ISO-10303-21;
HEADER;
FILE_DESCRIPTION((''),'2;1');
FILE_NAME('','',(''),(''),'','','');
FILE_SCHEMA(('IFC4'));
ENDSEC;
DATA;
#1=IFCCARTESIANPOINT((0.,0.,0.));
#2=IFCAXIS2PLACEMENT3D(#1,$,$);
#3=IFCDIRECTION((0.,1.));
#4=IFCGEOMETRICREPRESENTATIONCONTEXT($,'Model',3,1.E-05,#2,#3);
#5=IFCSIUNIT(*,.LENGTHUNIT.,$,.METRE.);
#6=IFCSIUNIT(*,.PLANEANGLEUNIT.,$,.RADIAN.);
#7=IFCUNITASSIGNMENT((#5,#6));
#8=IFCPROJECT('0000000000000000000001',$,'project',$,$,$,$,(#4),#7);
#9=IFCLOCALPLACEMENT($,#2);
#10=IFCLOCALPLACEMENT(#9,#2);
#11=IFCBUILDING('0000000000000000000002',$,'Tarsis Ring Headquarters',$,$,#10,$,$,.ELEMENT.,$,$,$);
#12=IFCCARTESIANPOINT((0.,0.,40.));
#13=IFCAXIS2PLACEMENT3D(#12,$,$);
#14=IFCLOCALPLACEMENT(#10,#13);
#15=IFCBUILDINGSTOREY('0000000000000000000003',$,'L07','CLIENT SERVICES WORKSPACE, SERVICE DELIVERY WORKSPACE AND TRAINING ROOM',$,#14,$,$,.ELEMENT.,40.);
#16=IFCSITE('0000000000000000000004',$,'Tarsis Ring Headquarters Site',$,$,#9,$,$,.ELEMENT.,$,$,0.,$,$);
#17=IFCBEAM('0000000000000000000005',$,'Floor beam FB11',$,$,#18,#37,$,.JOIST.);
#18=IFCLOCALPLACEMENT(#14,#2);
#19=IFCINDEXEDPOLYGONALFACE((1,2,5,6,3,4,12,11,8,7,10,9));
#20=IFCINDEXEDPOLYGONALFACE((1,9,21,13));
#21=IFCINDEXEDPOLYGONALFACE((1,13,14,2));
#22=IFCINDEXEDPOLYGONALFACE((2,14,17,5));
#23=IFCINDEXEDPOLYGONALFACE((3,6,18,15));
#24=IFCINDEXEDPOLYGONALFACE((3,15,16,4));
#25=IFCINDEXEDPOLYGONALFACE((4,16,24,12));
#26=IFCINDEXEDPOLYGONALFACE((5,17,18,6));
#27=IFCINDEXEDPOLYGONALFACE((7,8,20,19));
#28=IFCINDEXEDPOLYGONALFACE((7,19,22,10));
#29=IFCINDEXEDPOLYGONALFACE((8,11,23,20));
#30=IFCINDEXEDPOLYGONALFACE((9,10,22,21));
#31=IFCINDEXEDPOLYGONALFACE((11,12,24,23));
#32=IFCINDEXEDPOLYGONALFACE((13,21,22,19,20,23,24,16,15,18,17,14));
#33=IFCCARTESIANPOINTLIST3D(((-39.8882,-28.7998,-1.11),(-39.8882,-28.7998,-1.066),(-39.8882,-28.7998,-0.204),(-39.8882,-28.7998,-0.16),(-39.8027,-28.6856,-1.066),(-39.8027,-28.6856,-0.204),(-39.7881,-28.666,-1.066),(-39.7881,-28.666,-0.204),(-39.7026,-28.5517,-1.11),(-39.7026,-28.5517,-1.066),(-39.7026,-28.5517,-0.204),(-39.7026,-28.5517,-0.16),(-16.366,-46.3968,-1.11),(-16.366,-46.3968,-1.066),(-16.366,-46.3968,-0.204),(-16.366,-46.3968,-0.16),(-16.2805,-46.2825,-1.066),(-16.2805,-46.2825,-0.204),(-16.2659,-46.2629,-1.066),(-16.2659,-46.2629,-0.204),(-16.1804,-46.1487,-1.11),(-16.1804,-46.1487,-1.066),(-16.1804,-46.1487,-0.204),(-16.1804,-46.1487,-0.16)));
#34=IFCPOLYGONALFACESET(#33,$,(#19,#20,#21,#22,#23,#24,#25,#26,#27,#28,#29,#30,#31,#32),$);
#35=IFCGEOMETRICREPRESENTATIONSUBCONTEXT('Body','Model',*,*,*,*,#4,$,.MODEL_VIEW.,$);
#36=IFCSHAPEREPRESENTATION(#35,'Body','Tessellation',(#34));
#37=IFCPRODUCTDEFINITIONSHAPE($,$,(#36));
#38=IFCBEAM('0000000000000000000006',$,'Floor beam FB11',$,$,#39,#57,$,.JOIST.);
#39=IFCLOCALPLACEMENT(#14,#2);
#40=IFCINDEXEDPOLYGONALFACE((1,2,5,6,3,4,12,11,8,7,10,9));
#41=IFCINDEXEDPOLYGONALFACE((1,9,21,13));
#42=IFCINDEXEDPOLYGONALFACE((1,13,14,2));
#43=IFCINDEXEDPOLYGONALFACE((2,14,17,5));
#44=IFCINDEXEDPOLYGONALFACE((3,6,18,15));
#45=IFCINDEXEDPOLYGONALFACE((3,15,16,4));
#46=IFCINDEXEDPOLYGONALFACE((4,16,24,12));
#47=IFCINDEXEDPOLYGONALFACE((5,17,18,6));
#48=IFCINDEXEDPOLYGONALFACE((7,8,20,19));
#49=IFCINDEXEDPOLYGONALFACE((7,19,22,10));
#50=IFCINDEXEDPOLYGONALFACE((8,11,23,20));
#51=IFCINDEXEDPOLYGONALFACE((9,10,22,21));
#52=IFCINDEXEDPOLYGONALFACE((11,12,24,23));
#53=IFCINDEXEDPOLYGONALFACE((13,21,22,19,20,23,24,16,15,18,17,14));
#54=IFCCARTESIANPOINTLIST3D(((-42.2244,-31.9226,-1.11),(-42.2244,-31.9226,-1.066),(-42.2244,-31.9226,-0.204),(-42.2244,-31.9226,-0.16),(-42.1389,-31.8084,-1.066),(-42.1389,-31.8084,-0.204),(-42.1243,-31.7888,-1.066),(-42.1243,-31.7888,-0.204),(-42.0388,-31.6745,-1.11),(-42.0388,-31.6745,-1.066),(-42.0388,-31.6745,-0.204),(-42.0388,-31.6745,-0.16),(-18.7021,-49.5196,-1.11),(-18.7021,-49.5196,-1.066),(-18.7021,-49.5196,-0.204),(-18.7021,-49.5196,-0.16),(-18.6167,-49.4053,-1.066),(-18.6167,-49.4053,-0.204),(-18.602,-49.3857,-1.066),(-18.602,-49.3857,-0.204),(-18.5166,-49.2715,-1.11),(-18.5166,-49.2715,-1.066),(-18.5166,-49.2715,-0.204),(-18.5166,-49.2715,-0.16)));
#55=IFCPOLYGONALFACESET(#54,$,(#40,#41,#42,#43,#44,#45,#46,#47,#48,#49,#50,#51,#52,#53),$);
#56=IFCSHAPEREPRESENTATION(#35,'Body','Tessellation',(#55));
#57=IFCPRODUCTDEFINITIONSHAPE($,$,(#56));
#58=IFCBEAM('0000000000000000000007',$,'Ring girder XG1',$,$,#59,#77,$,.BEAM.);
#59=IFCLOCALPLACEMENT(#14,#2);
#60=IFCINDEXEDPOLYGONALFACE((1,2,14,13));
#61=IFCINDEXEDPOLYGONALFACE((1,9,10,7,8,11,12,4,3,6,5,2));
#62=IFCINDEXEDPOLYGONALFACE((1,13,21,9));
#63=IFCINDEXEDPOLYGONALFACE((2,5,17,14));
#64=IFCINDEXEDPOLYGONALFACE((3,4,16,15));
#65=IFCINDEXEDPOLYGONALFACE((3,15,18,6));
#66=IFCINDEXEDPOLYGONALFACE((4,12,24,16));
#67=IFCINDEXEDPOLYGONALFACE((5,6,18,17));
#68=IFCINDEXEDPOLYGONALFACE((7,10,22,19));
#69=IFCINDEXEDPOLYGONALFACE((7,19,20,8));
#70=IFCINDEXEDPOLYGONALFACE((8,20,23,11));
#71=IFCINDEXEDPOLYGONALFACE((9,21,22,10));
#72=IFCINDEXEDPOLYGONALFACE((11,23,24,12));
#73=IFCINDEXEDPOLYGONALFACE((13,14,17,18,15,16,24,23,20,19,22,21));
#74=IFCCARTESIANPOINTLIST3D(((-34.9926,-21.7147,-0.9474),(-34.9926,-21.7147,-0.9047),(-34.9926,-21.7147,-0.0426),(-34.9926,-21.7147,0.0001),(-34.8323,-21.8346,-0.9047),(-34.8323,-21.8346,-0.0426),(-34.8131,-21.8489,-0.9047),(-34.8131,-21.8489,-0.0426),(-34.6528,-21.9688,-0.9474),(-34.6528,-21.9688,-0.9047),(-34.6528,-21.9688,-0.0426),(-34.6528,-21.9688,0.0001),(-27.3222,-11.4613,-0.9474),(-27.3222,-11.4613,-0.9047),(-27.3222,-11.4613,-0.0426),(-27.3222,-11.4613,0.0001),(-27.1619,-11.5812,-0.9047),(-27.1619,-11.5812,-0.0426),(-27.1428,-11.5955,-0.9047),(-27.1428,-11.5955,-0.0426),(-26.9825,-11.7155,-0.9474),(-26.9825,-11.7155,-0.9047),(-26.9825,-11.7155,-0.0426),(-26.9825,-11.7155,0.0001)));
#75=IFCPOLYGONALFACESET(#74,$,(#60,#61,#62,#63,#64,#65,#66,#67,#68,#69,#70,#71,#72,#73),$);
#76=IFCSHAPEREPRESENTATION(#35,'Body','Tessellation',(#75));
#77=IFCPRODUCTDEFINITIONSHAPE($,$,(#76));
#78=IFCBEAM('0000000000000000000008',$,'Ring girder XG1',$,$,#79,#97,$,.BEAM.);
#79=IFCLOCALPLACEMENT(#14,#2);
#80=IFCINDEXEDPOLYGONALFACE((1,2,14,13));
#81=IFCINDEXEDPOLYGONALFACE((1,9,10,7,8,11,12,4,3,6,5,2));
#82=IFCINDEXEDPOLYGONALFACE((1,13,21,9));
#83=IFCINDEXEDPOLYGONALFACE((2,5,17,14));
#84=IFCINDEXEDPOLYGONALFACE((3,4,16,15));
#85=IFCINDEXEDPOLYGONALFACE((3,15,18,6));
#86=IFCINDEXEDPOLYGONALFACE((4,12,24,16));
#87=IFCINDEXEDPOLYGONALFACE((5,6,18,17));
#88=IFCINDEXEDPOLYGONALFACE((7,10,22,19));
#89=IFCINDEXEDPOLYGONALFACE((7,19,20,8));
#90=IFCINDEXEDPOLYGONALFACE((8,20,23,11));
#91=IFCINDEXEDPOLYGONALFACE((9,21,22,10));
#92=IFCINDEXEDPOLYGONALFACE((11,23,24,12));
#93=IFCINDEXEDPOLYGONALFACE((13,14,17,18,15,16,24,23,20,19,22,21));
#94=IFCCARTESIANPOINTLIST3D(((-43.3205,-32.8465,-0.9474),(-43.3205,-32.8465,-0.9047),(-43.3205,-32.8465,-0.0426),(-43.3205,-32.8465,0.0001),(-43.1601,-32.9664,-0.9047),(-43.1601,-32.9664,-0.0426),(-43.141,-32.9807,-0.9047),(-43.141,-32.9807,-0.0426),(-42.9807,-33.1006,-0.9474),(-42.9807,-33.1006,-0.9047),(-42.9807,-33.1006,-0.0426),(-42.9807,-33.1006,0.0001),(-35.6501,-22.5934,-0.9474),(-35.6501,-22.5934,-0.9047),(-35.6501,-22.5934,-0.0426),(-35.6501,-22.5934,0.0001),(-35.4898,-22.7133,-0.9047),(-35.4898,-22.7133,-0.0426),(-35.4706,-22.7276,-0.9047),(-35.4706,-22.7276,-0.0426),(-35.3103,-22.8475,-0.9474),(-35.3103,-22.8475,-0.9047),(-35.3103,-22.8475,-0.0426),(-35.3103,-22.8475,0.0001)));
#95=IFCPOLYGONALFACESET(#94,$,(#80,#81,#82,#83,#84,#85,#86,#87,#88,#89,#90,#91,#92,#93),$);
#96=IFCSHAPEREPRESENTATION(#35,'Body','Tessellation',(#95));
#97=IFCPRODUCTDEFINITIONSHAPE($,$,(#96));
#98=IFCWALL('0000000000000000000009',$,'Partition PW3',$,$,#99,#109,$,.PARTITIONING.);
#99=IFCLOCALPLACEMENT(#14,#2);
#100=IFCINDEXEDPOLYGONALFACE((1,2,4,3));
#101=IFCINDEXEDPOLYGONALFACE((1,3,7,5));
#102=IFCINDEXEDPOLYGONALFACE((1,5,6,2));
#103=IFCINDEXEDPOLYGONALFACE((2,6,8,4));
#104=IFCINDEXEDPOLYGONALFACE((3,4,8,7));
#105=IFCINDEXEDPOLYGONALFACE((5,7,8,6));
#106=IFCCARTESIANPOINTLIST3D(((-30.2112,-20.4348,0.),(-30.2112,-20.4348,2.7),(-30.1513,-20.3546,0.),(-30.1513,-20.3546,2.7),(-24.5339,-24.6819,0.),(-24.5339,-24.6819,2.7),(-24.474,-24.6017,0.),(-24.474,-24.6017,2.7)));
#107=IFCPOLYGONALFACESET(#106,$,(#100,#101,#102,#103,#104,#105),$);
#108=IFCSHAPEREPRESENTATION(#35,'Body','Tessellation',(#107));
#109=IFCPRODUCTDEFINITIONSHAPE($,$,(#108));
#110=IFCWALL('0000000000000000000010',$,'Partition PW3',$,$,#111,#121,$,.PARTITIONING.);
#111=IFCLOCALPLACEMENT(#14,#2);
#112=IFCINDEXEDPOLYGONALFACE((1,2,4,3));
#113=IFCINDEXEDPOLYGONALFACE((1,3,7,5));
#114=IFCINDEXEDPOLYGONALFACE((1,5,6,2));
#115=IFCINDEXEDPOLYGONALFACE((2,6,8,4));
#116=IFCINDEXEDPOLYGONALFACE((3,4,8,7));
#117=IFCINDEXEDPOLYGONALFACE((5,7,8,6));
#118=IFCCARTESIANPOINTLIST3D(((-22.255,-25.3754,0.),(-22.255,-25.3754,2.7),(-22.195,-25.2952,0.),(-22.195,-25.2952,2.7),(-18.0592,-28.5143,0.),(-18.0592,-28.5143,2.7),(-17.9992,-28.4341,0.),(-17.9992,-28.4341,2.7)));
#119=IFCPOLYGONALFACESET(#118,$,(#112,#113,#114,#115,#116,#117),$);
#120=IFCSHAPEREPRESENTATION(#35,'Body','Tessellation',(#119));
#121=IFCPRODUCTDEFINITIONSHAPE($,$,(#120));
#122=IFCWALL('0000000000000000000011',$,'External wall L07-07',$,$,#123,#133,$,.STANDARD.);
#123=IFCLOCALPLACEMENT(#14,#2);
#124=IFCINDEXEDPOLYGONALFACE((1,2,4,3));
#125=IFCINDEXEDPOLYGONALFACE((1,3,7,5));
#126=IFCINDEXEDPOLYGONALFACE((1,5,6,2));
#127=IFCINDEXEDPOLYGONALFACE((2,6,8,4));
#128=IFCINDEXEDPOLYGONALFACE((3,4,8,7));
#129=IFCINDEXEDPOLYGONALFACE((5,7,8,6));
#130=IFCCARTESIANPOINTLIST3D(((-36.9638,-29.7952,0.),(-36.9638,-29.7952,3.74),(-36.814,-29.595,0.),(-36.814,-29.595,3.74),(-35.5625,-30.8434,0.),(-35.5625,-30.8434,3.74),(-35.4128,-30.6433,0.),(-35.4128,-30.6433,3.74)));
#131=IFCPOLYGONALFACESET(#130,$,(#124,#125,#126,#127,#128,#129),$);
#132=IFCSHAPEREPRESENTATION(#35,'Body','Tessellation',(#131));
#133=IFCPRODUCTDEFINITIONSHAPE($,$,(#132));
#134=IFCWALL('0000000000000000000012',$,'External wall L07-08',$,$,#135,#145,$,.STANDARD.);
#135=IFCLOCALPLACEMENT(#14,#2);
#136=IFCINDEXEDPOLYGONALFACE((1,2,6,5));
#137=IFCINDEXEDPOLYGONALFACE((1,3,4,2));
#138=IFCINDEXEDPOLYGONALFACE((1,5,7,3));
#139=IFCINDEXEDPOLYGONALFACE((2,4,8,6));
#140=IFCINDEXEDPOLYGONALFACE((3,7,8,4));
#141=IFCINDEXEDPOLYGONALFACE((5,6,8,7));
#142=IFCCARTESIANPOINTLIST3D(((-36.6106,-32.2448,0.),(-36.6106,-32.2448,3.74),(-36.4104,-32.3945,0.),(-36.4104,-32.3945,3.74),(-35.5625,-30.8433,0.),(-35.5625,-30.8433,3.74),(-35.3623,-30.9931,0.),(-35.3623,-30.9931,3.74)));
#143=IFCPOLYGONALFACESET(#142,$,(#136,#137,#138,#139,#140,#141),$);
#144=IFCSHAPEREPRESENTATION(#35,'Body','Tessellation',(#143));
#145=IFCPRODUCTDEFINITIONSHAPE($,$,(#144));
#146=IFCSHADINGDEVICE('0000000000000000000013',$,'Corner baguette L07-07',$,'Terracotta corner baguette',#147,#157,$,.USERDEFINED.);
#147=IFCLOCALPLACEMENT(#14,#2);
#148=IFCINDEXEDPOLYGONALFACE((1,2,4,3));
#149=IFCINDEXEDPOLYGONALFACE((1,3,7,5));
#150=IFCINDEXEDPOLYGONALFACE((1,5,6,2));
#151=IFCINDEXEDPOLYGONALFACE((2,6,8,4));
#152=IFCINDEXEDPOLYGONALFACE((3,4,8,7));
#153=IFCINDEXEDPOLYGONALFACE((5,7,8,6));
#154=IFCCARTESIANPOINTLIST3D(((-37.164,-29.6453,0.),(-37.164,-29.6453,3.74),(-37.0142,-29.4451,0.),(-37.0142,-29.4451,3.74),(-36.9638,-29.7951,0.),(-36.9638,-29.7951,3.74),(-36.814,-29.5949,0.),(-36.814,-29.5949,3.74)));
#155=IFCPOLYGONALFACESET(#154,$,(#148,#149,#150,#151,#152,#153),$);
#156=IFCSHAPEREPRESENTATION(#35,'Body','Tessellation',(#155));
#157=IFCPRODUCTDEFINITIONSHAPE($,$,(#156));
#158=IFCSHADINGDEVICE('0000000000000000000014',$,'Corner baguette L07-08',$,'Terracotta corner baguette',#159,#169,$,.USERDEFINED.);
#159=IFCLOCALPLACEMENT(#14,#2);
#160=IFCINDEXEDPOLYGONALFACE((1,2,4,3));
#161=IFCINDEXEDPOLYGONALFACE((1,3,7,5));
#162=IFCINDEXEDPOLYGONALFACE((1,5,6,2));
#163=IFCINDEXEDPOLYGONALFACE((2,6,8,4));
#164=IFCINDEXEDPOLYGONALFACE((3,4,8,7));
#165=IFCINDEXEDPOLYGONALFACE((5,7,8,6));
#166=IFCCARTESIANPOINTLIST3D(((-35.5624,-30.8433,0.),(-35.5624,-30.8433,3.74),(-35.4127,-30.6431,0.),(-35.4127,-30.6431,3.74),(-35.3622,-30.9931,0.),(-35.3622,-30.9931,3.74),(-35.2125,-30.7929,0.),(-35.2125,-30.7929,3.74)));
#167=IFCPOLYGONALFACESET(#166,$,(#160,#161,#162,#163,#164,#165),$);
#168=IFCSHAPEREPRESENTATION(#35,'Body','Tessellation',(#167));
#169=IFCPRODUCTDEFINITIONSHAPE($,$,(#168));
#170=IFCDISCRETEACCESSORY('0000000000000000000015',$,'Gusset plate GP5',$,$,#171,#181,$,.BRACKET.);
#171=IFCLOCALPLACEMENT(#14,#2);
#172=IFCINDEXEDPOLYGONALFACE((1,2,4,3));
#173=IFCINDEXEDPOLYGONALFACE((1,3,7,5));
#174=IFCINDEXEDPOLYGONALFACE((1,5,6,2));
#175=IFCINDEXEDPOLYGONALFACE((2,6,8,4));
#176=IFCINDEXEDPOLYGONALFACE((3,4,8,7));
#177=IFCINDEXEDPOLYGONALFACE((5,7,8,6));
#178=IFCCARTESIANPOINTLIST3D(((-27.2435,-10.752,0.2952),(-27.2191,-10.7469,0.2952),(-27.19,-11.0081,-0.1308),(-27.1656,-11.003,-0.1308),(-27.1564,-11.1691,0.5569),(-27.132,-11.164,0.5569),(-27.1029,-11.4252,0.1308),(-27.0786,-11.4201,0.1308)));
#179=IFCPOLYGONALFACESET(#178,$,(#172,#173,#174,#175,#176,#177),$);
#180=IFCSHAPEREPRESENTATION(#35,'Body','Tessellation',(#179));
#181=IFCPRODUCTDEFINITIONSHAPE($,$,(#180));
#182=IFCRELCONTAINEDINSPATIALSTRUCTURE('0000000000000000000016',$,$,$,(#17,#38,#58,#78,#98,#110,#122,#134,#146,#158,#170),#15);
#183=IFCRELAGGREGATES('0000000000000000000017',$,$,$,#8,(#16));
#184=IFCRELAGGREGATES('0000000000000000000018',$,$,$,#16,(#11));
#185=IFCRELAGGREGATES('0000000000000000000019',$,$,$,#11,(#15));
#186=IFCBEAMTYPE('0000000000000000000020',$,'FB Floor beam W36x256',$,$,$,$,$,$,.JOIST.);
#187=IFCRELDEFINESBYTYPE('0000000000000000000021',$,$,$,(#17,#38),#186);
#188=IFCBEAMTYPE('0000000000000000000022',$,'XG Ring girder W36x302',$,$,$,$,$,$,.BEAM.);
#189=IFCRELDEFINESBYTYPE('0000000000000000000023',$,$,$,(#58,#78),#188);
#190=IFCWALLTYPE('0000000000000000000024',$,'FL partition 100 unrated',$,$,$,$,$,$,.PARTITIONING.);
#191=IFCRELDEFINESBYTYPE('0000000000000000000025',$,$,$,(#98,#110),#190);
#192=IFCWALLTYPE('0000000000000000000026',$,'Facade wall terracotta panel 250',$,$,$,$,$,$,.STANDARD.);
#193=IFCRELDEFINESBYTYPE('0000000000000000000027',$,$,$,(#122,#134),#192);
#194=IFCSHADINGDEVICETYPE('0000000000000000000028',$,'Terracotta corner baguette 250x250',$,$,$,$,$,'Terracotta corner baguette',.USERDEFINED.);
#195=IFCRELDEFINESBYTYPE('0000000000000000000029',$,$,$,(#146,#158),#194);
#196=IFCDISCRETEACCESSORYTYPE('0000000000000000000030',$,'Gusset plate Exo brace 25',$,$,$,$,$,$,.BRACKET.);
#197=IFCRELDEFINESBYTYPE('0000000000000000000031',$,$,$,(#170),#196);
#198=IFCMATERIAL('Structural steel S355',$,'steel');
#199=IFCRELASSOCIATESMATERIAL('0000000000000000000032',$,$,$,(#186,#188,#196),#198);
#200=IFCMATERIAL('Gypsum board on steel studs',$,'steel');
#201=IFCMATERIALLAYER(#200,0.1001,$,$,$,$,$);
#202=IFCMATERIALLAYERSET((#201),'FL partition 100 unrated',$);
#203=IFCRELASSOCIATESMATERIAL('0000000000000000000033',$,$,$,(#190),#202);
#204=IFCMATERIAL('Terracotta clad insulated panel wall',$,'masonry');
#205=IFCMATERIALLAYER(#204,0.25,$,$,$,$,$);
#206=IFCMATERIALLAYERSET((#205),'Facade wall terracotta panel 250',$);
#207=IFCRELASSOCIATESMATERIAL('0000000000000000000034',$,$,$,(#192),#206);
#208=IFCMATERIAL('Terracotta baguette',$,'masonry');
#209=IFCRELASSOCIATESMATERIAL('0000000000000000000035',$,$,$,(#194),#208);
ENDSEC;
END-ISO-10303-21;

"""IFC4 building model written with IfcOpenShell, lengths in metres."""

from ifc_helpers import new_model, si_unit, direction, frame, frame_2d, origin, origin_2d, place, context, subcontext, project, spatial, rectangle, i_section, extrude, material, layer, layer_set, material_profile, profile_set, type_object, element, save


model = new_model("IFC4")

# Units and contexts
model_context = context("Model", 3, precision=1e-05, world=origin(), true_north=direction((0.0, 1.0)))
body_context = subcontext(model_context, "Body", "Model", "MODEL_VIEW")
ifc_project = project(units=[si_unit("LENGTHUNIT", "METRE"), si_unit("PLANEANGLEUNIT", "RADIAN")], contexts=[model_context])

# Site, building, storey
site_placement = place(None, origin())
site = spatial("IfcSite", under=ifc_project, at=site_placement, Name="Tarsis Ring Headquarters Site", CompositionType="ELEMENT", RefElevation=0.0)
building_placement = place(site_placement, origin())
building = spatial("IfcBuilding", under=site, at=building_placement, Name="Tarsis Ring Headquarters", CompositionType="ELEMENT")
storey_placement = place(building_placement, frame((0.0, 0.0, 40.0)))
storey = spatial("IfcBuildingStorey", under=building, at=storey_placement, Name="L07", Description="CLIENT SERVICES WORKSPACE, SERVICE DELIVERY WORKSPACE AND TRAINING ROOM", CompositionType="ELEMENT", Elevation=40.0)

# Beams
ifc_material_1 = material(Name="Structural steel S355", Category="steel")
ifc_material_profile_1 = material_profile(ifc_material_1, i_section(OverallWidth=0.3098, OverallDepth=0.95, WebThickness=0.0244, FlangeThickness=0.0439, at=origin_2d()), Name="W36x256")
ifc_profile_set_1 = profile_set([ifc_material_profile_1], Name="Structural steel S355")
beam_type_1 = type_object("IfcBeamType", Name="FB Floor beam W36x256", PredefinedType="JOIST", material=ifc_profile_set_1)
for number, where, z_axis, x_axis, name in (
    (1, (-39.7954, -28.6758, -0.635), (0.80073, -0.599025, 0.0), (0.599025, 0.80073, 0.0), "Floor beam FB11"),
    (2, (-42.1316, -31.7986, -0.635), (0.80073, -0.599025, 0.0), (0.599025, 0.80073, 0.0), "Floor beam FB11"),
):
    element("IfcBeam", number, at=place(storey_placement, frame(where, z_axis=z_axis, x_axis=x_axis)), inside=storey, type_object=beam_type_1, Name=name, PredefinedType="JOIST", context=body_context, shape_type="SweptSolid", body=[
        extrude(i_section(OverallWidth=0.3098, OverallDepth=0.95, WebThickness=0.0244, FlangeThickness=0.0439, at=origin_2d()), origin(), (0.0, 0.0, 1.0), 29.376),
    ])
ifc_material_profile_2 = material_profile(ifc_material_1, i_section(OverallWidth=0.4243, OverallDepth=0.9475, WebThickness=0.0239, FlangeThickness=0.0427, at=origin_2d()), Name="W36x302")
ifc_profile_set_2 = profile_set([ifc_material_profile_2], Name="Structural steel S355")
beam_type_2 = type_object("IfcBeamType", Name="XG Ring girder W36x302", PredefinedType="BEAM", material=ifc_profile_set_2)
beam_1_placement = place(storey_placement, frame((-27.1523, -11.5884, -0.4736), z_axis=(-0.599017, -0.800736, 0.0), x_axis=(0.800736, -0.599017, 0.0)))
element("IfcBeam", 3, at=beam_1_placement, inside=storey, type_object=beam_type_2, Name="Ring girder XG1", PredefinedType="BEAM", context=body_context, shape_type="SweptSolid", body=[
    extrude(i_section(OverallWidth=0.4243, OverallDepth=0.9475, WebThickness=0.0239, FlangeThickness=0.0427, at=origin_2d()), origin(), (0.0, 0.0, 1.0), 12.8049),
])
beam_2_placement = place(storey_placement, frame((-35.4802, -22.7205, -0.4736), z_axis=(-0.599026, -0.800729, 0.0), x_axis=(0.800729, -0.599026, 0.0)))
element("IfcBeam", 4, at=beam_2_placement, inside=storey, type_object=beam_type_2, Name="Ring girder XG1", PredefinedType="BEAM", context=body_context, shape_type="SweptSolid", body=[
    extrude(i_section(OverallWidth=0.4243, OverallDepth=0.9475, WebThickness=0.0239, FlangeThickness=0.0427, at=origin_2d()), origin(), (0.0, 0.0, 1.0), 12.8047),
])

# Walls
ifc_material_2 = material(Name="Gypsum board on steel studs", Category="steel")
ifc_layer_1 = layer(ifc_material_2, 0.1001)
ifc_layer_set_1 = layer_set([ifc_layer_1], Name="FL partition 100 unrated")
wall_type_1 = type_object("IfcWallType", Name="FL partition 100 unrated", PredefinedType="PARTITIONING", material=ifc_layer_set_1)
wall_1_placement = place(storey_placement, frame((-30.1812, -20.3948, 0.0), z_axis=(0.0, 0.0, 1.0), x_axis=(0.800735, -0.599019, 0.0)))
element("IfcWall", 5, at=wall_1_placement, inside=storey, type_object=wall_type_1, Name="Partition PW3", PredefinedType="PARTITIONING", context=body_context, shape_type="SweptSolid", body=[
    extrude(rectangle(XDim=7.0901, YDim=0.1001, at=frame_2d((3.5449, 0.0))), origin(), (0.0, 0.0, 1.0), 2.7),
])
wall_2_placement = place(storey_placement, frame((-22.2251, -25.3352, 0.0), z_axis=(0.0, 0.0, 1.0), x_axis=(0.800726, -0.59903, 0.0)))
element("IfcWall", 6, at=wall_2_placement, inside=storey, type_object=wall_type_1, Name="Partition PW3", PredefinedType="PARTITIONING", context=body_context, shape_type="SweptSolid", body=[
    extrude(rectangle(XDim=5.24, YDim=0.1001, at=frame_2d((2.6201, 0.0))), origin(), (0.0, 0.0, 1.0), 2.7),
])
ifc_material_3 = material(Name="Terracotta clad insulated panel wall", Category="masonry")
ifc_layer_2 = layer(ifc_material_3, 0.25)
ifc_layer_set_2 = layer_set([ifc_layer_2], Name="Facade wall terracotta panel 250")
wall_type_2 = type_object("IfcWallType", Name="Facade wall terracotta panel 250", PredefinedType="STANDARD", material=ifc_layer_set_2)
for number, where, z_axis, x_axis, name in (
    (7, (-36.8889, -29.6951, 0.0), (0.0, 0.0, 1.0), (0.800736, -0.599017, 0.0), "External wall L07-07"),
    (8, (-35.4624, -30.9182, 0.0), (0.0, 0.0, 1.0), (-0.598928, -0.800803, 0.0), "External wall L07-08"),
):
    element("IfcWall", number, at=place(storey_placement, frame(where, z_axis=z_axis, x_axis=x_axis)), inside=storey, type_object=wall_type_2, Name=name, PredefinedType="STANDARD", context=body_context, shape_type="SweptSolid", body=[
        extrude(rectangle(XDim=1.75, YDim=0.25, at=frame_2d((0.875, 0.0))), origin(), (0.0, 0.0, 1.0), 3.74),
    ])

# Shading devices
ifc_material_4 = material(Name="Terracotta baguette", Category="masonry")
shading_device_type_1 = type_object("IfcShadingDeviceType", Name="Terracotta corner baguette 250x250", ElementType="Terracotta corner baguette", PredefinedType="USERDEFINED", material=ifc_material_4)
for number, where, z_axis, x_axis, name in (
    (9, (-36.989, -29.6201, 0.0), (0.0, 0.0, 1.0), (-0.599024, -0.800731, 0.0), "Corner baguette L07-07"),
    (10, (-35.3875, -30.8181, 0.0), (0.0, 0.0, 1.0), (0.800731, -0.599023, 0.0), "Corner baguette L07-08"),
):
    element("IfcShadingDevice", number, at=place(storey_placement, frame(where, z_axis=z_axis, x_axis=x_axis)), inside=storey, type_object=shading_device_type_1, Name=name, ObjectType="Terracotta corner baguette", PredefinedType="USERDEFINED", context=body_context, shape_type="SweptSolid", body=[
        extrude(rectangle(XDim=0.25, YDim=0.25, at=origin_2d()), origin(), (0.0, 0.0, 1.0), 3.74),
    ])

# Discrete accessory
ifc_material_profile_3 = material_profile(ifc_material_1, rectangle(XDim=0.0249, YDim=0.5, at=origin_2d()), Name="PL 25x500")
ifc_profile_set_3 = profile_set([ifc_material_profile_3], Name="Structural steel S355")
discrete_accessory_type = type_object("IfcDiscreteAccessoryType", Name="Gusset plate Exo brace 25", PredefinedType="BRACKET", material=ifc_profile_set_3)
discrete_accessory_placement = place(storey_placement, frame((-27.1343, -11.2141, 0.0), z_axis=(-0.106945, 0.512263, 0.852144), x_axis=(-0.978895, -0.204364, 0.0)))
element("IfcDiscreteAccessory", 11, at=discrete_accessory_placement, inside=storey, type_object=discrete_accessory_type, Name="Gusset plate GP5", PredefinedType="BRACKET", context=body_context, shape_type="SweptSolid", body=[
    extrude(rectangle(XDim=0.0249, YDim=0.5, at=origin_2d()), origin(), (0.0, 0.0, 1.0), 0.5),
])

save(model, "model.ifc")
